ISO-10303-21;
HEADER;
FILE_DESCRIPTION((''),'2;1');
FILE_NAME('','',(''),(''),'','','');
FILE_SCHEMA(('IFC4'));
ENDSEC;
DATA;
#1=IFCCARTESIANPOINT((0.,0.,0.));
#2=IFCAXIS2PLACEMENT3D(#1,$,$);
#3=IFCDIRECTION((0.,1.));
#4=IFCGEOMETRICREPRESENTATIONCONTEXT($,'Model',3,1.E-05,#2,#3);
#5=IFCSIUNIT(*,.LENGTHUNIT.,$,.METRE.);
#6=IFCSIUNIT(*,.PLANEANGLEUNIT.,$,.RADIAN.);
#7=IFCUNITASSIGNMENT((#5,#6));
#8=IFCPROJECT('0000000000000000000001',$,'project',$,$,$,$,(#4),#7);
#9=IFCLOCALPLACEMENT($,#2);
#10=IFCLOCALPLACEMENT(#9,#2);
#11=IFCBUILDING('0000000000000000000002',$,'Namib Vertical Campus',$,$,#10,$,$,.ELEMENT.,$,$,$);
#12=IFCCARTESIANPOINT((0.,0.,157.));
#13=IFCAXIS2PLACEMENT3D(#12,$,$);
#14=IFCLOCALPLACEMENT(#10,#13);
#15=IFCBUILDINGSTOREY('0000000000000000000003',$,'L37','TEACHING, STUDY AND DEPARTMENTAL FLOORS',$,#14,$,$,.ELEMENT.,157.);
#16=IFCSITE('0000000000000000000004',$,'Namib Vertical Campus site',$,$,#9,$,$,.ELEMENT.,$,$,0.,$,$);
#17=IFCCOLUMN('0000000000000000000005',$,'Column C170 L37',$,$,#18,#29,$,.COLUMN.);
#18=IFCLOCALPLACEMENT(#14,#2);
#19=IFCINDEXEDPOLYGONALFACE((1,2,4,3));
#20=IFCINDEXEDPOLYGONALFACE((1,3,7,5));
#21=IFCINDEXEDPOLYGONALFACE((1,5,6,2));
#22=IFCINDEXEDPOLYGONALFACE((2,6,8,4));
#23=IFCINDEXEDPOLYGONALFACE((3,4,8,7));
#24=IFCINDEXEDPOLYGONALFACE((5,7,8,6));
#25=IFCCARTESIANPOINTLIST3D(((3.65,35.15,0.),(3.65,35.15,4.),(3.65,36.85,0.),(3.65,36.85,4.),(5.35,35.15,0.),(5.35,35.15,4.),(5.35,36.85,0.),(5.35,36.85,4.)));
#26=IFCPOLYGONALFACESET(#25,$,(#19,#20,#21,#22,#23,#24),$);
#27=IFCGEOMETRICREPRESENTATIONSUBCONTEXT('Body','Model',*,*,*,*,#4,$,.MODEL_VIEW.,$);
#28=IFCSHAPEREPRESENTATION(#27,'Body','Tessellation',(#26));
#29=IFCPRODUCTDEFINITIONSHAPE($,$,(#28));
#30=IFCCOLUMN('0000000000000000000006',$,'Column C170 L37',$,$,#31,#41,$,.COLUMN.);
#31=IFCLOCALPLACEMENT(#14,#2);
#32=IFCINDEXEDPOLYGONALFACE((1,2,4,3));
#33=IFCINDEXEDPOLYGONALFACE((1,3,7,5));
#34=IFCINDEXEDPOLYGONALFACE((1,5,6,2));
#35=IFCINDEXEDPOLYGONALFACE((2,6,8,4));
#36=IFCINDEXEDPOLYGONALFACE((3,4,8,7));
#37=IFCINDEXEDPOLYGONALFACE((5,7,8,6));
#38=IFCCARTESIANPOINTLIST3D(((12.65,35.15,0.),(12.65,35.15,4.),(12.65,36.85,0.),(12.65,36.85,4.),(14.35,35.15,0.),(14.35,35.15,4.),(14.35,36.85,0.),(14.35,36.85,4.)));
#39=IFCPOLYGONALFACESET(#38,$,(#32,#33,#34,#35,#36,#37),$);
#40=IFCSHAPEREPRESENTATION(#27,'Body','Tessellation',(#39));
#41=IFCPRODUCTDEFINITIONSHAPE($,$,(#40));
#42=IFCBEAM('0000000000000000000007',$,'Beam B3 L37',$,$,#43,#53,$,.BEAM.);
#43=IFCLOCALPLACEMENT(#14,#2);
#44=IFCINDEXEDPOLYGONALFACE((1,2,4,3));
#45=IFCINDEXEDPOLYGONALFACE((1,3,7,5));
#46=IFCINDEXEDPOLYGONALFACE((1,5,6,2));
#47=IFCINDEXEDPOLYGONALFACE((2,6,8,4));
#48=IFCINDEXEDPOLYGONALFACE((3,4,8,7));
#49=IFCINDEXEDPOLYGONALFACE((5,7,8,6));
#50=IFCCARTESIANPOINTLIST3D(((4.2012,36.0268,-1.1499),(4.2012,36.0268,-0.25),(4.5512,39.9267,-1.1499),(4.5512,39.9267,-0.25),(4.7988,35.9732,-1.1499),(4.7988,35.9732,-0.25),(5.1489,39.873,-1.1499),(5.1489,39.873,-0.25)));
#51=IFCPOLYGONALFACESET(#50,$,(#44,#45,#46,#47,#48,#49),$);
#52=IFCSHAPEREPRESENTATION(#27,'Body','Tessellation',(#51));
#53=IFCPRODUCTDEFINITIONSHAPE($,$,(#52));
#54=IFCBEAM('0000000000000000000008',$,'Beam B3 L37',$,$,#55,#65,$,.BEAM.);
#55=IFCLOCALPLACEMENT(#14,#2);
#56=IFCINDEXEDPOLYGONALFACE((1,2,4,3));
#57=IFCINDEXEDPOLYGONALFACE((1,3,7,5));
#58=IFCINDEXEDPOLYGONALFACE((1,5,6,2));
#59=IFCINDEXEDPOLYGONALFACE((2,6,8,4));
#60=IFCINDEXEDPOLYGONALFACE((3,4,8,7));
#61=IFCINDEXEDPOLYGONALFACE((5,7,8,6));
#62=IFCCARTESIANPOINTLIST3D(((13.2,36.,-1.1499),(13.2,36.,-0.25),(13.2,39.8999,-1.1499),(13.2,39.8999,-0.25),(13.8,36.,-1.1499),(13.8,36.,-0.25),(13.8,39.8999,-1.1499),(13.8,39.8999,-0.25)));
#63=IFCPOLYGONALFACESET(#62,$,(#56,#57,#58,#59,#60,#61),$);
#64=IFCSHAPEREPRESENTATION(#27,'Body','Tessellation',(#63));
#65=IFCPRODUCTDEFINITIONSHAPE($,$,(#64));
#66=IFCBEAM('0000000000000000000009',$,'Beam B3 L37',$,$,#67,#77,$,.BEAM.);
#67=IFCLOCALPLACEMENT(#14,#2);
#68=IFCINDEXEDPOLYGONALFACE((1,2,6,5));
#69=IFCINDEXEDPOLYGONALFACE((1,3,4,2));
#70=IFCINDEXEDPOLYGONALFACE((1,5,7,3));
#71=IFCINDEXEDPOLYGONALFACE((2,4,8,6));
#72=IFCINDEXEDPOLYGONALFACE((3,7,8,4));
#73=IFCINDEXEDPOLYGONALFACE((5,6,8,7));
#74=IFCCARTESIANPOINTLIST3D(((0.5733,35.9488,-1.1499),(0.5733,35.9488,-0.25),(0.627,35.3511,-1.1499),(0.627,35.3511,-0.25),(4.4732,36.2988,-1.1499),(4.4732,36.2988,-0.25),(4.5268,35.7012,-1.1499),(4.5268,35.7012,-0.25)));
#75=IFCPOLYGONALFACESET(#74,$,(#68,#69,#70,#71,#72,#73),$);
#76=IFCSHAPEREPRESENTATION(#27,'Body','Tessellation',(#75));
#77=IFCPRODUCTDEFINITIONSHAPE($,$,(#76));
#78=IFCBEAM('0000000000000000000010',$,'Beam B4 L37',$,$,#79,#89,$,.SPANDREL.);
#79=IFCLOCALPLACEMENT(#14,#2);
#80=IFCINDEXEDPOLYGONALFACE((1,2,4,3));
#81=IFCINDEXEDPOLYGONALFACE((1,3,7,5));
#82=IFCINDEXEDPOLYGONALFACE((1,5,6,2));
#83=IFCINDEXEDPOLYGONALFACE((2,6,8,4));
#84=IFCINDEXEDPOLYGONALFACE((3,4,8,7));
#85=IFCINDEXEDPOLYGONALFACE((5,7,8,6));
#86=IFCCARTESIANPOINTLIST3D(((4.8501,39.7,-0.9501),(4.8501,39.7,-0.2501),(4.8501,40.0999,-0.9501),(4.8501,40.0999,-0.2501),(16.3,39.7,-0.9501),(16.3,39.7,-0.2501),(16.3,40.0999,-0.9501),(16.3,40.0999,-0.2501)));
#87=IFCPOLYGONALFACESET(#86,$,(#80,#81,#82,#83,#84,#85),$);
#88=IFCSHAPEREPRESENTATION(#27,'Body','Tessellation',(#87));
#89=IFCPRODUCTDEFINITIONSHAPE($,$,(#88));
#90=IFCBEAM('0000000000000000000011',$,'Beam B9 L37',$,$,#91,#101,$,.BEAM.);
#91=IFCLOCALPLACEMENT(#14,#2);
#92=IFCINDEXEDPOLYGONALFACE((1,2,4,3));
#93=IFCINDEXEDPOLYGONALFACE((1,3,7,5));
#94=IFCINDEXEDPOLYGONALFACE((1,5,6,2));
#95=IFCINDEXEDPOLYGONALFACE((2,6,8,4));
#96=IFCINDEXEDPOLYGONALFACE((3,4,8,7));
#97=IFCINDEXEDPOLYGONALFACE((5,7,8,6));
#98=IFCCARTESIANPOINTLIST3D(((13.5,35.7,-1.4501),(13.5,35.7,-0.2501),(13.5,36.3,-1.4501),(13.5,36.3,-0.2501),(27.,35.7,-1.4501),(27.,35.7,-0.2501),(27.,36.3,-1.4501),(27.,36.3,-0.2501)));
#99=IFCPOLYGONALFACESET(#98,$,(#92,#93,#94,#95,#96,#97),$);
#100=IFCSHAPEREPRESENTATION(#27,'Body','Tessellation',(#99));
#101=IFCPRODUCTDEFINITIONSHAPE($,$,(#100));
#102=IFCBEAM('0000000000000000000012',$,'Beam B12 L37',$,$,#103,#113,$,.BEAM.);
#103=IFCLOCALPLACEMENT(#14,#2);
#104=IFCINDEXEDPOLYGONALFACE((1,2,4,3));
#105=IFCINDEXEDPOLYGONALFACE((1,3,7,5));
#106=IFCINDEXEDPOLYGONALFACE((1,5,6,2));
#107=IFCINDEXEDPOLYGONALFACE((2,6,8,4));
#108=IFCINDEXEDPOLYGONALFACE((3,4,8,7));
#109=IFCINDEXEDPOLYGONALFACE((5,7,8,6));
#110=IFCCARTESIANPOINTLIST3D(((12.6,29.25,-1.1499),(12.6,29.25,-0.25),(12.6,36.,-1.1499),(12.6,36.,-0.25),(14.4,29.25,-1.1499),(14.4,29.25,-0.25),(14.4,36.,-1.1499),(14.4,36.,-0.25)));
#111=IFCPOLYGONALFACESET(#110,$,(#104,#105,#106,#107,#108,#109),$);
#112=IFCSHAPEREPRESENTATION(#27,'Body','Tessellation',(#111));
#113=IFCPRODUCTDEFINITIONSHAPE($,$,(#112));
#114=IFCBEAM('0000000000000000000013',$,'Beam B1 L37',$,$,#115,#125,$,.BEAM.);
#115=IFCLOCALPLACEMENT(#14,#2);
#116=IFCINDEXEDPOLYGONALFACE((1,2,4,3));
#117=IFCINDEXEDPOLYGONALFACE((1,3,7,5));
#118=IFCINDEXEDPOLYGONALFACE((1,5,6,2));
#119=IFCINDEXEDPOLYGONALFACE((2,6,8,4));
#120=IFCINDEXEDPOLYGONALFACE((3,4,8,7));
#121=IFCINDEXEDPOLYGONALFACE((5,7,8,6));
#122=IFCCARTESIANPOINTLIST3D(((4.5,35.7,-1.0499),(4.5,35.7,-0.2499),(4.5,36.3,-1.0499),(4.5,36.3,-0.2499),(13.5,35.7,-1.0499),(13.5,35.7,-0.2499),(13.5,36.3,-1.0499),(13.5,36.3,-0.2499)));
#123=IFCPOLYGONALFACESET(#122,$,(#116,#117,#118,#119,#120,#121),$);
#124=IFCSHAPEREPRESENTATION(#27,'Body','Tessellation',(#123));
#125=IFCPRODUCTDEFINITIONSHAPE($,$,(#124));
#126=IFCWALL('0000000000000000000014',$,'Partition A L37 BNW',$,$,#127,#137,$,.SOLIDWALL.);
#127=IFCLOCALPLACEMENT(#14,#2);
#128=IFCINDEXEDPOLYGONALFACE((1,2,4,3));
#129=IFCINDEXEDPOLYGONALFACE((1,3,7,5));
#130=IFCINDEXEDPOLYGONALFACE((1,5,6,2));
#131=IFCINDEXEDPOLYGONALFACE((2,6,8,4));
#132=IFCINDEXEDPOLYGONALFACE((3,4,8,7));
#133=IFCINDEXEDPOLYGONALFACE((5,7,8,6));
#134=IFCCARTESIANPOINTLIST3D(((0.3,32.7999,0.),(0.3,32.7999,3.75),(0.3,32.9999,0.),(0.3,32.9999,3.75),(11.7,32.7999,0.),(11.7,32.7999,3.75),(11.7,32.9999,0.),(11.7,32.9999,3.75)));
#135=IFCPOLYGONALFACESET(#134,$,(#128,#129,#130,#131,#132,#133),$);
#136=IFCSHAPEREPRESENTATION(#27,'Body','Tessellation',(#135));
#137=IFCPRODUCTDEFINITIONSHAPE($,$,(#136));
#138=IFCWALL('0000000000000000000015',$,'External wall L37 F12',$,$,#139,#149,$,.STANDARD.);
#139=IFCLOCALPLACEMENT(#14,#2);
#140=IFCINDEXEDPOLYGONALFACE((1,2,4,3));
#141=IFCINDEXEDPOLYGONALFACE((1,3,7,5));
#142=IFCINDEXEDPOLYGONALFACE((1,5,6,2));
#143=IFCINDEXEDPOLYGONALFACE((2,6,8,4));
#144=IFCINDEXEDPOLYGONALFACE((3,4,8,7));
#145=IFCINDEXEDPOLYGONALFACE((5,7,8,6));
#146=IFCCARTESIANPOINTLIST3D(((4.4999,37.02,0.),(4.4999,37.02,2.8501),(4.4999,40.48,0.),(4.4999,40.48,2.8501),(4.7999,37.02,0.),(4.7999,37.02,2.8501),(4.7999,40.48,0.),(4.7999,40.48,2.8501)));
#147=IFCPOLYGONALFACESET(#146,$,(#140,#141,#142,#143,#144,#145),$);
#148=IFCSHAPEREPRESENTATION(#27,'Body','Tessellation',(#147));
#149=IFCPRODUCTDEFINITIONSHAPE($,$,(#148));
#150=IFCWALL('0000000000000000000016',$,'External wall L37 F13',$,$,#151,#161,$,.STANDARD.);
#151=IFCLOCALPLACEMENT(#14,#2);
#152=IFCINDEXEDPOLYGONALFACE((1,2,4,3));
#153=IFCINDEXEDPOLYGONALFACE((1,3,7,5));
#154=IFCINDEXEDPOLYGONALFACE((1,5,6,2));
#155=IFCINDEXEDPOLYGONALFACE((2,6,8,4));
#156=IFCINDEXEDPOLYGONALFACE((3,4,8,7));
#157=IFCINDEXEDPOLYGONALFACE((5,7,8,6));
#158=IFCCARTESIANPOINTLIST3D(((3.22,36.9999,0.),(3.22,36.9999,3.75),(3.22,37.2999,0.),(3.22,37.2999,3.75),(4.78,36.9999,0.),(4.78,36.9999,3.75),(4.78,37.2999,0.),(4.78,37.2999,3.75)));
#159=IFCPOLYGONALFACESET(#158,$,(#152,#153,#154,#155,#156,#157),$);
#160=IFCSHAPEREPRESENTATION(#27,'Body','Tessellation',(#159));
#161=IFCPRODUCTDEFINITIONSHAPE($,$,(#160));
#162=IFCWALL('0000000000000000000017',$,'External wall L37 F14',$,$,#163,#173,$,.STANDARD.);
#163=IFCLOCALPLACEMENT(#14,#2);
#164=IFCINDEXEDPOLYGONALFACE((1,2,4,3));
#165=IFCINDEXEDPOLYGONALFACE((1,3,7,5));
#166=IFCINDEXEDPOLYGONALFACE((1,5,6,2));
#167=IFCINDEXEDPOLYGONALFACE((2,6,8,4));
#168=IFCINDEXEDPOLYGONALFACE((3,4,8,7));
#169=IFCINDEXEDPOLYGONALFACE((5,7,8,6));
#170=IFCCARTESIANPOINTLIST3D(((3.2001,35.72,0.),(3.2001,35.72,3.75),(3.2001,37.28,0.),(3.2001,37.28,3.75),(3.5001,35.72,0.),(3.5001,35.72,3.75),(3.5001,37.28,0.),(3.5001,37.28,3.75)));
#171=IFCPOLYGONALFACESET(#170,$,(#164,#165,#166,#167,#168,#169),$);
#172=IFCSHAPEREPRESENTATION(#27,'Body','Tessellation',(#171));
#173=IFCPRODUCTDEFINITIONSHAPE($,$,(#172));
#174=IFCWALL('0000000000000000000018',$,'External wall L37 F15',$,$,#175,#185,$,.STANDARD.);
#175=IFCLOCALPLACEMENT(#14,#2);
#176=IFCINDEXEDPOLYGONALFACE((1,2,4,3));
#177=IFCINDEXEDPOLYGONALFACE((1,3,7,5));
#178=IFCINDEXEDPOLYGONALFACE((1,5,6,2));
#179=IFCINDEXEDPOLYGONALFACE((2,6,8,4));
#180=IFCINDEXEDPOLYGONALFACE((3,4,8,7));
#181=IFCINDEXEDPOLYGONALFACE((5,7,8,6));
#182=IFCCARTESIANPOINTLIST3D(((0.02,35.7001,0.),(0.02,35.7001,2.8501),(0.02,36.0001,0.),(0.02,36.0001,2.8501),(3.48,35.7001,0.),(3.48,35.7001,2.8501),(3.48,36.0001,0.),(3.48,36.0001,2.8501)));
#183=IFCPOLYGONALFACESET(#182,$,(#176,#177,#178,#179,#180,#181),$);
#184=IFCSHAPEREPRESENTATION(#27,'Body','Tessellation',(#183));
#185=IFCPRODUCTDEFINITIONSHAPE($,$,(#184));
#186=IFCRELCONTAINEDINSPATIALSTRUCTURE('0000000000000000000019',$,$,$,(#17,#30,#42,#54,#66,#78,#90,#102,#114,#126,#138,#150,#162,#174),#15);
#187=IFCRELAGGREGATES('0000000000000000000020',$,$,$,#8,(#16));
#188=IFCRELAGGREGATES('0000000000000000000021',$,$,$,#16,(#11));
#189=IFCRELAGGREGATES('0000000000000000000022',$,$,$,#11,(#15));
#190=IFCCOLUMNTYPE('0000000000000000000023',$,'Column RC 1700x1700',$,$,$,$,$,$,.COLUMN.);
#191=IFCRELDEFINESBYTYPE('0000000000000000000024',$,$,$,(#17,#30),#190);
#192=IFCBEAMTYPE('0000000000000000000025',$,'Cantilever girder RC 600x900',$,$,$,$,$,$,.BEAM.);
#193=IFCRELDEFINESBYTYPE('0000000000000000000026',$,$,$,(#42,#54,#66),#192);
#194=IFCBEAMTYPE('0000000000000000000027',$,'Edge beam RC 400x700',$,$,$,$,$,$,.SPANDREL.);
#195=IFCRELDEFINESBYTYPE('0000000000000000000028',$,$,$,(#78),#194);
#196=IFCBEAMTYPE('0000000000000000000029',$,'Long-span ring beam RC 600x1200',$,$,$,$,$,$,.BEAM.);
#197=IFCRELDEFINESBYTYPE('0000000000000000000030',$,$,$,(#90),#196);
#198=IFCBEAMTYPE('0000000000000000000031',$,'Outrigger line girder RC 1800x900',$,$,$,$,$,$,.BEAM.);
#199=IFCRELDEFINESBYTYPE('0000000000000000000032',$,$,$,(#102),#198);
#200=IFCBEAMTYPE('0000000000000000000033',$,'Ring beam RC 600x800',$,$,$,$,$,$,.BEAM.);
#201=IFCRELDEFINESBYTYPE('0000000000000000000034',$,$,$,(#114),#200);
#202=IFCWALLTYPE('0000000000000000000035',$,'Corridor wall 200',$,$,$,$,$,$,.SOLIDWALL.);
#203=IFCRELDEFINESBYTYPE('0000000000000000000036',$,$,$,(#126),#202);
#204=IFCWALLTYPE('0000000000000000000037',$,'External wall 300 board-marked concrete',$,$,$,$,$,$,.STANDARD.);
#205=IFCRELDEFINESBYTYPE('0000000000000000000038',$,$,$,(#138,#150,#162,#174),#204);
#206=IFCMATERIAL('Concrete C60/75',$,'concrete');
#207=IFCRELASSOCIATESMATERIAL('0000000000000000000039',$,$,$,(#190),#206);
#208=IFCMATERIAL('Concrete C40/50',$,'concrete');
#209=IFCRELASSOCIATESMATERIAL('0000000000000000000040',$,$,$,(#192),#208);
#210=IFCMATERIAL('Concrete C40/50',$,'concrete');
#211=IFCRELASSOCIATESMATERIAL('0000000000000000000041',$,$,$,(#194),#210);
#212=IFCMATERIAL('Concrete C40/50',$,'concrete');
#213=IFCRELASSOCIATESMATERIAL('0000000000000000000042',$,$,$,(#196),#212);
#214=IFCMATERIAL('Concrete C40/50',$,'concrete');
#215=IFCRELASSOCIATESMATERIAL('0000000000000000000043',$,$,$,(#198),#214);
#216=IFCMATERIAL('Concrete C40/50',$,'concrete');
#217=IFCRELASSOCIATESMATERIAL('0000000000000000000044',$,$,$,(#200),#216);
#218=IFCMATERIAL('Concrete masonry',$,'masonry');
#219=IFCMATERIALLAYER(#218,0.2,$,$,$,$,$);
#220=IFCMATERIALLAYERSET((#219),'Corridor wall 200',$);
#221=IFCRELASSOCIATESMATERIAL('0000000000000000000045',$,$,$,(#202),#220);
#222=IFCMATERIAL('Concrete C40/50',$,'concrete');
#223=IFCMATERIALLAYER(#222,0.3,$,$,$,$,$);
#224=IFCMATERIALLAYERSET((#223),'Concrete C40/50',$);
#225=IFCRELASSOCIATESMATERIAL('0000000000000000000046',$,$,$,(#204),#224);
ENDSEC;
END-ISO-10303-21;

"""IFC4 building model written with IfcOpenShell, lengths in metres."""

from ifc_helpers import new_model, si_unit, direction, frame, frame_2d, origin, origin_2d, place, context, subcontext, project, spatial, rectangle, extrude, material, layer, layer_set, material_profile, profile_set, type_object, element, save


model = new_model("IFC4")

# Units and contexts
model_context = context("Model", 3, precision=1e-05, world=origin(), true_north=direction((0.0, 1.0)))
body_context = subcontext(model_context, "Body", "Model", "MODEL_VIEW")
ifc_project = project(units=[si_unit("LENGTHUNIT", "METRE"), si_unit("PLANEANGLEUNIT", "RADIAN")], contexts=[model_context])

# Site, building, storey
site_placement = place(None, origin())
site = spatial("IfcSite", under=ifc_project, at=site_placement, Name="Namib Vertical Campus site", CompositionType="ELEMENT", RefElevation=0.0)
building_placement = place(site_placement, origin())
building = spatial("IfcBuilding", under=site, at=building_placement, Name="Namib Vertical Campus", CompositionType="ELEMENT")
storey_placement = place(building_placement, frame((0.0, 0.0, 157.0)))
storey = spatial("IfcBuildingStorey", under=building, at=storey_placement, Name="L37", Description="TEACHING, STUDY AND DEPARTMENTAL FLOORS", CompositionType="ELEMENT", Elevation=157.0)

# Columns
ifc_material_1 = material(Name="Concrete C60/75", Category="concrete")
ifc_material_profile_1 = material_profile(ifc_material_1, rectangle(XDim=1.7, YDim=1.7, at=origin_2d()))
ifc_profile_set_1 = profile_set([ifc_material_profile_1], Name="Concrete C60/75")
column_type = type_object("IfcColumnType", Name="Column RC 1700x1700", PredefinedType="COLUMN", material=ifc_profile_set_1)
for number, where, z_axis, x_axis, name in (
    (1, (4.5, 36.0, 0.0), (0.0, 0.0, 1.0), (1.0, 0.0, 0.0), "Column C170 L37"),
    (2, (13.5, 36.0, 0.0), (0.0, 0.0, 1.0), (1.0, 0.0, 0.0), "Column C170 L37"),
):
    element("IfcColumn", number, at=place(storey_placement, frame(where, z_axis=z_axis, x_axis=x_axis)), inside=storey, type_object=column_type, Name=name, PredefinedType="COLUMN", context=body_context, shape_type="SweptSolid", body=[
        extrude(rectangle(XDim=1.7, YDim=1.7, at=origin_2d()), origin(), (0.0, 0.0, 1.0), 4.0),
    ])

# Beams
ifc_material_2 = material(Name="Concrete C40/50", Category="concrete")
ifc_material_profile_2 = material_profile(ifc_material_2, rectangle(XDim=0.6001, YDim=0.8999, at=origin_2d()))
ifc_profile_set_2 = profile_set([ifc_material_profile_2], Name="Concrete C40/50")
beam_type_1 = type_object("IfcBeamType", Name="Cantilever girder RC 600x900", PredefinedType="BEAM", material=ifc_profile_set_2)
beam_1_placement = place(storey_placement, frame((4.5, 36.0, -0.7), z_axis=(0.089411, 0.995995, 0.0), x_axis=(-0.995995, 0.089411, 0.0)))
element("IfcBeam", 3, at=beam_1_placement, inside=storey, type_object=beam_type_1, Name="Beam B3 L37", PredefinedType="BEAM", context=body_context, shape_type="SweptSolid", body=[
    extrude(rectangle(XDim=0.6001, YDim=0.8999, at=origin_2d()), origin(), (0.0, 0.0, 1.0), 3.9155),
])
beam_2_placement = place(storey_placement, frame((13.5, 36.0, -0.7), z_axis=(0.0, 1.0, 0.0), x_axis=(-1.0, 0.0, 0.0)))
element("IfcBeam", 4, at=beam_2_placement, inside=storey, type_object=beam_type_1, Name="Beam B3 L37", PredefinedType="BEAM", context=body_context, shape_type="SweptSolid", body=[
    extrude(rectangle(XDim=0.6001, YDim=0.8999, at=origin_2d()), origin(), (0.0, 0.0, 1.0), 3.8999),
])
beam_3_placement = place(storey_placement, frame((4.5, 36.0, -0.7), z_axis=(-0.995995, -0.089411, 0.0), x_axis=(0.089411, -0.995995, 0.0)))
element("IfcBeam", 5, at=beam_3_placement, inside=storey, type_object=beam_type_1, Name="Beam B3 L37", PredefinedType="BEAM", context=body_context, shape_type="SweptSolid", body=[
    extrude(rectangle(XDim=0.6001, YDim=0.8999, at=origin_2d()), origin(), (0.0, 0.0, 1.0), 3.9155),
])
ifc_material_3 = material(Name="Concrete C40/50", Category="concrete")
ifc_material_profile_3 = material_profile(ifc_material_3, rectangle(XDim=0.3999, YDim=0.7, at=origin_2d()))
ifc_profile_set_3 = profile_set([ifc_material_profile_3], Name="Concrete C40/50")
beam_type_2 = type_object("IfcBeamType", Name="Edge beam RC 400x700", PredefinedType="SPANDREL", material=ifc_profile_set_3)
beam_4_placement = place(storey_placement, frame((4.8501, 39.8999, -0.6001), z_axis=(1.0, 0.0, 0.0), x_axis=(0.0, 1.0, 0.0)))
element("IfcBeam", 6, at=beam_4_placement, inside=storey, type_object=beam_type_2, Name="Beam B4 L37", PredefinedType="SPANDREL", context=body_context, shape_type="SweptSolid", body=[
    extrude(rectangle(XDim=0.3999, YDim=0.7, at=origin_2d()), origin(), (0.0, 0.0, 1.0), 11.45),
])
ifc_material_4 = material(Name="Concrete C40/50", Category="concrete")
ifc_material_profile_4 = material_profile(ifc_material_4, rectangle(XDim=0.6001, YDim=1.2, at=origin_2d()))
ifc_profile_set_4 = profile_set([ifc_material_profile_4], Name="Concrete C40/50")
beam_type_3 = type_object("IfcBeamType", Name="Long-span ring beam RC 600x1200", PredefinedType="BEAM", material=ifc_profile_set_4)
beam_5_placement = place(storey_placement, frame((13.5, 36.0, -0.8501), z_axis=(1.0, 0.0, 0.0), x_axis=(0.0, 1.0, 0.0)))
element("IfcBeam", 7, at=beam_5_placement, inside=storey, type_object=beam_type_3, Name="Beam B9 L37", PredefinedType="BEAM", context=body_context, shape_type="SweptSolid", body=[
    extrude(rectangle(XDim=0.6001, YDim=1.2, at=origin_2d()), origin(), (0.0, 0.0, 1.0), 13.5),
])
ifc_material_5 = material(Name="Concrete C40/50", Category="concrete")
ifc_material_profile_5 = material_profile(ifc_material_5, rectangle(XDim=1.8, YDim=0.8999, at=origin_2d()))
ifc_profile_set_5 = profile_set([ifc_material_profile_5], Name="Concrete C40/50")
beam_type_4 = type_object("IfcBeamType", Name="Outrigger line girder RC 1800x900", PredefinedType="BEAM", material=ifc_profile_set_5)
beam_6_placement = place(storey_placement, frame((13.5, 36.0, -0.7), z_axis=(0.0, -1.0, 0.0), x_axis=(1.0, 0.0, 0.0)))
element("IfcBeam", 8, at=beam_6_placement, inside=storey, type_object=beam_type_4, Name="Beam B12 L37", PredefinedType="BEAM", context=body_context, shape_type="SweptSolid", body=[
    extrude(rectangle(XDim=1.8, YDim=0.8999, at=origin_2d()), origin(), (0.0, 0.0, 1.0), 6.75),
])
ifc_material_6 = material(Name="Concrete C40/50", Category="concrete")
ifc_material_profile_6 = material_profile(ifc_material_6, rectangle(XDim=0.6001, YDim=0.8, at=origin_2d()))
ifc_profile_set_6 = profile_set([ifc_material_profile_6], Name="Concrete C40/50")
beam_type_5 = type_object("IfcBeamType", Name="Ring beam RC 600x800", PredefinedType="BEAM", material=ifc_profile_set_6)
beam_7_placement = place(storey_placement, frame((4.5, 36.0, -0.6499), z_axis=(1.0, 0.0, 0.0), x_axis=(0.0, 1.0, 0.0)))
element("IfcBeam", 9, at=beam_7_placement, inside=storey, type_object=beam_type_5, Name="Beam B1 L37", PredefinedType="BEAM", context=body_context, shape_type="SweptSolid", body=[
    extrude(rectangle(XDim=0.6001, YDim=0.8, at=origin_2d()), origin(), (0.0, 0.0, 1.0), 9.0),
])

# Walls
ifc_material_7 = material(Name="Concrete masonry", Category="masonry")
ifc_layer_1 = layer(ifc_material_7, 0.2)
ifc_layer_set_1 = layer_set([ifc_layer_1], Name="Corridor wall 200")
wall_type_1 = type_object("IfcWallType", Name="Corridor wall 200", PredefinedType="SOLIDWALL", material=ifc_layer_set_1)
wall_1_placement = place(storey_placement, frame((0.3, 32.8999, 0.0), z_axis=(0.0, 0.0, 1.0), x_axis=(1.0, 0.0, 0.0)))
element("IfcWall", 10, at=wall_1_placement, inside=storey, type_object=wall_type_1, Name="Partition A L37 BNW", PredefinedType="SOLIDWALL", context=body_context, shape_type="SweptSolid", body=[
    extrude(rectangle(XDim=11.3999, YDim=0.2, at=frame_2d((5.7, 0.0))), origin(), (0.0, 0.0, 1.0), 3.75),
])
ifc_material_8 = material(Name="Concrete C40/50", Category="concrete")
ifc_layer_2 = layer(ifc_material_8, 0.3)
ifc_layer_set_2 = layer_set([ifc_layer_2], Name="Concrete C40/50")
wall_type_2 = type_object("IfcWallType", Name="External wall 300 board-marked concrete", PredefinedType="STANDARD", material=ifc_layer_set_2)
wall_2_placement = place(storey_placement, frame((4.6499, 40.48, 0.0), z_axis=(0.0, 0.0, 1.0), x_axis=(0.0, -1.0, 0.0)))
element("IfcWall", 11, at=wall_2_placement, inside=storey, type_object=wall_type_2, Name="External wall L37 F12", PredefinedType="STANDARD", context=body_context, shape_type="SweptSolid", body=[
    extrude(rectangle(XDim=3.46, YDim=0.3, at=frame_2d((1.73, 0.0))), origin(), (0.0, 0.0, 1.0), 2.8501),
])
for number, where, z_axis, x_axis, name in (
    (12, (4.78, 37.1499, 0.0), (0.0, 0.0, 1.0), (-1.0, 0.0, 0.0), "External wall L37 F13"),
    (13, (3.3501, 37.28, 0.0), (0.0, 0.0, 1.0), (0.0, -1.0, 0.0), "External wall L37 F14"),
):
    element("IfcWall", number, at=place(storey_placement, frame(where, z_axis=z_axis, x_axis=x_axis)), inside=storey, type_object=wall_type_2, Name=name, PredefinedType="STANDARD", context=body_context, shape_type="SweptSolid", body=[
        extrude(rectangle(XDim=1.5601, YDim=0.3, at=frame_2d((0.78, 0.0))), origin(), (0.0, 0.0, 1.0), 3.75),
    ])
wall_3_placement = place(storey_placement, frame((3.48, 35.8501, 0.0), z_axis=(0.0, 0.0, 1.0), x_axis=(-1.0, 0.0, 0.0)))
element("IfcWall", 14, at=wall_3_placement, inside=storey, type_object=wall_type_2, Name="External wall L37 F15", PredefinedType="STANDARD", context=body_context, shape_type="SweptSolid", body=[
    extrude(rectangle(XDim=3.46, YDim=0.3, at=frame_2d((1.73, 0.0))), origin(), (0.0, 0.0, 1.0), 2.8501),
])

save(model, "model.ifc")
